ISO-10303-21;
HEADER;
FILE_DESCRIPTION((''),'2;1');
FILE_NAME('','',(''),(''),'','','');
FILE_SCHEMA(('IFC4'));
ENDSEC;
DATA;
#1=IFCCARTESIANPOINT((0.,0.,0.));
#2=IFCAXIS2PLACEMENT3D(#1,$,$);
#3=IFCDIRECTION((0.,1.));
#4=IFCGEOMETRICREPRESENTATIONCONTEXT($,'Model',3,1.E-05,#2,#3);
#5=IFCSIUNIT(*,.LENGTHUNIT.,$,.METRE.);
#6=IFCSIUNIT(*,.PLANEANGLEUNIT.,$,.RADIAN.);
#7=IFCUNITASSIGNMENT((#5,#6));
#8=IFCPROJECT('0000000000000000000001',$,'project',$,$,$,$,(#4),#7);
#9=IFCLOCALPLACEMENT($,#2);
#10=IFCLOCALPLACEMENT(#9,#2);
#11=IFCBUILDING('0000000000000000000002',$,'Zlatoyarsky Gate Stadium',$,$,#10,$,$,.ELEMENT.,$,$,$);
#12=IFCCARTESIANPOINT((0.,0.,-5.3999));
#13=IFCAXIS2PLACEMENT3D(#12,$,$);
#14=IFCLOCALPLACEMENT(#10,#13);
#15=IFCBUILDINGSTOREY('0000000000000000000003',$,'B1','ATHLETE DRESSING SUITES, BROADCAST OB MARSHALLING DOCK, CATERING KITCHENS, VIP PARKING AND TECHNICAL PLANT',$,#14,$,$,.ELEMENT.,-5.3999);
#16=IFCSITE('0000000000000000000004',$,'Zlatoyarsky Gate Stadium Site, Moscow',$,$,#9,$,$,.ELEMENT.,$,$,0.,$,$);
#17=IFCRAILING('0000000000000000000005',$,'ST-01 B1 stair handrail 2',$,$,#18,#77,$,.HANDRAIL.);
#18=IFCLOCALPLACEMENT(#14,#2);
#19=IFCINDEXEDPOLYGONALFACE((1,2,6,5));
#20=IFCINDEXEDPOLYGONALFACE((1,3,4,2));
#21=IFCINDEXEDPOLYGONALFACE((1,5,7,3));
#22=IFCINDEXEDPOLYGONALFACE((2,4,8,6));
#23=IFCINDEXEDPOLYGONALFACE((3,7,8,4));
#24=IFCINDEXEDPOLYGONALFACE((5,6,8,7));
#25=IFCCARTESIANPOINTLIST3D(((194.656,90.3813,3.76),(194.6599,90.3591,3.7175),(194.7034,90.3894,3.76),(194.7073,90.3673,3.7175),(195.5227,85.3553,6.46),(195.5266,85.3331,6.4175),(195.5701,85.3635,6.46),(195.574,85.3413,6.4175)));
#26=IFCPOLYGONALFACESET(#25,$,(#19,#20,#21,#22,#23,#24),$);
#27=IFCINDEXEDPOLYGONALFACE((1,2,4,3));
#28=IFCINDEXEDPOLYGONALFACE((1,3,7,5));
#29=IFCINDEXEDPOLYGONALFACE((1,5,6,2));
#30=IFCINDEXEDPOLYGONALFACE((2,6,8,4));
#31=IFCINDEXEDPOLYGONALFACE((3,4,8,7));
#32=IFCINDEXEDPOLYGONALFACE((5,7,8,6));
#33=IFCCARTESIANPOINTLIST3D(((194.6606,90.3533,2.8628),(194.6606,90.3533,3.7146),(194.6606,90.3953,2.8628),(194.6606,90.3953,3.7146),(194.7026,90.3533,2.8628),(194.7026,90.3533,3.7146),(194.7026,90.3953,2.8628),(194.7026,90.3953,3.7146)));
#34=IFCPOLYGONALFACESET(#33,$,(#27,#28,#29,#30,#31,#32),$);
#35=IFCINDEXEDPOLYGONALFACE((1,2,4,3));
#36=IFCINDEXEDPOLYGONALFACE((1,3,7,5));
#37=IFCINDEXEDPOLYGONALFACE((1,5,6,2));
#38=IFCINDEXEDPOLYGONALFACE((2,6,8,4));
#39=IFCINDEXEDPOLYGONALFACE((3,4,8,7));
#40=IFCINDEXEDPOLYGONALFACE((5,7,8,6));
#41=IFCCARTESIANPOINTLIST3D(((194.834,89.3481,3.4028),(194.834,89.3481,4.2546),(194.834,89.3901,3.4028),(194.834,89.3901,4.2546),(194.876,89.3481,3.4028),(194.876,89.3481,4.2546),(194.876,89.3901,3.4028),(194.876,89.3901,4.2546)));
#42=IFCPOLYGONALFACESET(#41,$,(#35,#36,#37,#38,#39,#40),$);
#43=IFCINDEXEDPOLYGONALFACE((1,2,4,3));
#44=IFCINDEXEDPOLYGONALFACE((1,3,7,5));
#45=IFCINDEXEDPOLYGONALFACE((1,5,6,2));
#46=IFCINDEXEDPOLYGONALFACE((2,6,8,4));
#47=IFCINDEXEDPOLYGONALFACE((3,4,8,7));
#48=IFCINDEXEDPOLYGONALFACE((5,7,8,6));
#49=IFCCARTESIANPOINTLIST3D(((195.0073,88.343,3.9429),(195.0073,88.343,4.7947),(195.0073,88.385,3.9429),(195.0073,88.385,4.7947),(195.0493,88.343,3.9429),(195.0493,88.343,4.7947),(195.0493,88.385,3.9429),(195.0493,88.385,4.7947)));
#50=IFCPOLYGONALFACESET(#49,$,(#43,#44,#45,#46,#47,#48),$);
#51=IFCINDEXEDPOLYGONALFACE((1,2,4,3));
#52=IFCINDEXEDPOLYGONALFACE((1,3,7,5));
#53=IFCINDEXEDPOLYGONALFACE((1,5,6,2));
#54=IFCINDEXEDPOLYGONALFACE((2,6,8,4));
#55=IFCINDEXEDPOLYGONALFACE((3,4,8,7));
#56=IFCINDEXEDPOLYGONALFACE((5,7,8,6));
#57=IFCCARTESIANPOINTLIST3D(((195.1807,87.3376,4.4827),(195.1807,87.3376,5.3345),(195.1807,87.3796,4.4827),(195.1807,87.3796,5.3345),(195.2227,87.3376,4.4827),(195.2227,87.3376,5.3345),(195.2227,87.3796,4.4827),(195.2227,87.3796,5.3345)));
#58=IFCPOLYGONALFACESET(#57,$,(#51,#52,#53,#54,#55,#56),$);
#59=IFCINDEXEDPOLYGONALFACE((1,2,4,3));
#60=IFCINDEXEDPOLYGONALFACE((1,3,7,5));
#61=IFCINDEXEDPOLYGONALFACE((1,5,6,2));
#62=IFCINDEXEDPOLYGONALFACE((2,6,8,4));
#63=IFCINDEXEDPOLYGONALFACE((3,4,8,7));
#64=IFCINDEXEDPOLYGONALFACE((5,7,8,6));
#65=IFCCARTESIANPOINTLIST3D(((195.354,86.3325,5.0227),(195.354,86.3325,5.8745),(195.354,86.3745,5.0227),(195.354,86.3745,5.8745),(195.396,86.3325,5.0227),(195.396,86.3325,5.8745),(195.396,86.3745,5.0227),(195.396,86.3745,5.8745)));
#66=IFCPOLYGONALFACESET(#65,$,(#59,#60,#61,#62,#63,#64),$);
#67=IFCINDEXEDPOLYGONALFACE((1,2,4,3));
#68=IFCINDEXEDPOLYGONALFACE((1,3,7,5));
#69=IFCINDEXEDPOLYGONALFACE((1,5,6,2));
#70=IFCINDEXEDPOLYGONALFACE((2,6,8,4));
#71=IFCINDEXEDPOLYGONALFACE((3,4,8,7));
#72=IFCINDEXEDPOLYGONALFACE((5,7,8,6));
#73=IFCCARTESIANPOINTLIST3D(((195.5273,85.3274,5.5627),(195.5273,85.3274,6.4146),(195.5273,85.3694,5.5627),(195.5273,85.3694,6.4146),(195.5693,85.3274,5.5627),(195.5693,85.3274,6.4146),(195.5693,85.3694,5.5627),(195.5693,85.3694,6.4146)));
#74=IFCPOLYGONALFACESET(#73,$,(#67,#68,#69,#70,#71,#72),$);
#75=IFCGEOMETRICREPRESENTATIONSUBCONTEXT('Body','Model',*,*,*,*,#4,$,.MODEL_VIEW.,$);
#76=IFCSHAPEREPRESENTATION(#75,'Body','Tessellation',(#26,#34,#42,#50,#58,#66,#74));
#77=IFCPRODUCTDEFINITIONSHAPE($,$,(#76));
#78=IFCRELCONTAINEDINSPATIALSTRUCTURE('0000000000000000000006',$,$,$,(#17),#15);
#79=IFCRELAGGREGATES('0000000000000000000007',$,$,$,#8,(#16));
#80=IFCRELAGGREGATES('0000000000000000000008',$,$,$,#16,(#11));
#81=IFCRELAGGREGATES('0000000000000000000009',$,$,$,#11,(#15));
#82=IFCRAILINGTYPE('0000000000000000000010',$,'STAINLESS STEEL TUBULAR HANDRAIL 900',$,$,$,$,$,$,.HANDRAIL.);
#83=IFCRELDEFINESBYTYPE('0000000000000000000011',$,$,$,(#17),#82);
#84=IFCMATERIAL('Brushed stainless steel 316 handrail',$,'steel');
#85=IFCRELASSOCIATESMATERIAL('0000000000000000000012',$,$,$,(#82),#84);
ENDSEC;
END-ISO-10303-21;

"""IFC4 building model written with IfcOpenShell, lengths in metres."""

from ifc_helpers import new_model, si_unit, direction, frame, origin, origin_2d, place, context, subcontext, project, spatial, rectangle, extrude, material, type_object, element, save


model = new_model("IFC4")

# Units and contexts
model_context = context("Model", 3, precision=1e-05, world=origin(), true_north=direction((0.0, 1.0)))
body_context = subcontext(model_context, "Body", "Model", "MODEL_VIEW")
ifc_project = project(units=[si_unit("LENGTHUNIT", "METRE"), si_unit("PLANEANGLEUNIT", "RADIAN")], contexts=[model_context])

# Site, building, storey
site_placement = place(None, origin())
site = spatial("IfcSite", under=ifc_project, at=site_placement, Name="Zlatoyarsky Gate Stadium Site, Moscow", CompositionType="ELEMENT", RefElevation=0.0)
building_placement = place(site_placement, origin())
building = spatial("IfcBuilding", under=site, at=building_placement, Name="Zlatoyarsky Gate Stadium", CompositionType="ELEMENT")
storey_placement = place(building_placement, frame((0.0, 0.0, -5.3999)))
storey = spatial("IfcBuildingStorey", under=building, at=storey_placement, Name="B1", Description="ATHLETE DRESSING SUITES, BROADCAST OB MARSHALLING DOCK, CATERING KITCHENS, VIP PARKING AND TECHNICAL PLANT", CompositionType="ELEMENT", Elevation=-5.3999)

# Railing
ifc_material_1 = material(Name="Brushed stainless steel 316 handrail", Category="steel")
railing_type_1 = type_object("IfcRailingType", Name="STAINLESS STEEL TUBULAR HANDRAIL 900", PredefinedType="HANDRAIL", material=ifc_material_1)
railing_1_placement = place(storey_placement, frame((194.6816, 90.3743, 2.8628)))
element("IfcRailing", 1, at=railing_1_placement, inside=storey, type_object=railing_type_1, Name="ST-01 B1 stair handrail 2", PredefinedType="HANDRAIL", context=body_context, shape_type="SweptSolid", body=[
    extrude(rectangle(XDim=0.0481, YDim=0.0481, at=origin_2d()), frame((0.0, 0.0, 0.876), z_axis=(0.150191, -0.870939, 0.467877), x_axis=(0.985455, 0.169939, 0.0)), (0.0, 0.0, 1.0), 5.7708),
    extrude(rectangle(XDim=0.042, YDim=0.042, at=origin_2d()), origin(), (0.0, 0.0, 1.0), 0.8518),
    extrude(rectangle(XDim=0.042, YDim=0.042, at=origin_2d()), frame((0.1733, -1.0051, 0.54)), (0.0, 0.0, 1.0), 0.8518),
    extrude(rectangle(XDim=0.042, YDim=0.042, at=origin_2d()), frame((0.3467, -2.0103, 1.0801)), (0.0, 0.0, 1.0), 0.8518),
    extrude(rectangle(XDim=0.042, YDim=0.042, at=origin_2d()), frame((0.52, -3.0156, 1.6199)), (0.0, 0.0, 1.0), 0.8518),
    extrude(rectangle(XDim=0.042, YDim=0.042, at=origin_2d()), frame((0.6934, -4.0208, 2.1599)), (0.0, 0.0, 1.0), 0.8518),
    extrude(rectangle(XDim=0.042, YDim=0.042, at=origin_2d()), frame((0.8667, -5.0259, 2.7)), (0.0, 0.0, 1.0), 0.8518),
])

save(model, "model.ifc")
